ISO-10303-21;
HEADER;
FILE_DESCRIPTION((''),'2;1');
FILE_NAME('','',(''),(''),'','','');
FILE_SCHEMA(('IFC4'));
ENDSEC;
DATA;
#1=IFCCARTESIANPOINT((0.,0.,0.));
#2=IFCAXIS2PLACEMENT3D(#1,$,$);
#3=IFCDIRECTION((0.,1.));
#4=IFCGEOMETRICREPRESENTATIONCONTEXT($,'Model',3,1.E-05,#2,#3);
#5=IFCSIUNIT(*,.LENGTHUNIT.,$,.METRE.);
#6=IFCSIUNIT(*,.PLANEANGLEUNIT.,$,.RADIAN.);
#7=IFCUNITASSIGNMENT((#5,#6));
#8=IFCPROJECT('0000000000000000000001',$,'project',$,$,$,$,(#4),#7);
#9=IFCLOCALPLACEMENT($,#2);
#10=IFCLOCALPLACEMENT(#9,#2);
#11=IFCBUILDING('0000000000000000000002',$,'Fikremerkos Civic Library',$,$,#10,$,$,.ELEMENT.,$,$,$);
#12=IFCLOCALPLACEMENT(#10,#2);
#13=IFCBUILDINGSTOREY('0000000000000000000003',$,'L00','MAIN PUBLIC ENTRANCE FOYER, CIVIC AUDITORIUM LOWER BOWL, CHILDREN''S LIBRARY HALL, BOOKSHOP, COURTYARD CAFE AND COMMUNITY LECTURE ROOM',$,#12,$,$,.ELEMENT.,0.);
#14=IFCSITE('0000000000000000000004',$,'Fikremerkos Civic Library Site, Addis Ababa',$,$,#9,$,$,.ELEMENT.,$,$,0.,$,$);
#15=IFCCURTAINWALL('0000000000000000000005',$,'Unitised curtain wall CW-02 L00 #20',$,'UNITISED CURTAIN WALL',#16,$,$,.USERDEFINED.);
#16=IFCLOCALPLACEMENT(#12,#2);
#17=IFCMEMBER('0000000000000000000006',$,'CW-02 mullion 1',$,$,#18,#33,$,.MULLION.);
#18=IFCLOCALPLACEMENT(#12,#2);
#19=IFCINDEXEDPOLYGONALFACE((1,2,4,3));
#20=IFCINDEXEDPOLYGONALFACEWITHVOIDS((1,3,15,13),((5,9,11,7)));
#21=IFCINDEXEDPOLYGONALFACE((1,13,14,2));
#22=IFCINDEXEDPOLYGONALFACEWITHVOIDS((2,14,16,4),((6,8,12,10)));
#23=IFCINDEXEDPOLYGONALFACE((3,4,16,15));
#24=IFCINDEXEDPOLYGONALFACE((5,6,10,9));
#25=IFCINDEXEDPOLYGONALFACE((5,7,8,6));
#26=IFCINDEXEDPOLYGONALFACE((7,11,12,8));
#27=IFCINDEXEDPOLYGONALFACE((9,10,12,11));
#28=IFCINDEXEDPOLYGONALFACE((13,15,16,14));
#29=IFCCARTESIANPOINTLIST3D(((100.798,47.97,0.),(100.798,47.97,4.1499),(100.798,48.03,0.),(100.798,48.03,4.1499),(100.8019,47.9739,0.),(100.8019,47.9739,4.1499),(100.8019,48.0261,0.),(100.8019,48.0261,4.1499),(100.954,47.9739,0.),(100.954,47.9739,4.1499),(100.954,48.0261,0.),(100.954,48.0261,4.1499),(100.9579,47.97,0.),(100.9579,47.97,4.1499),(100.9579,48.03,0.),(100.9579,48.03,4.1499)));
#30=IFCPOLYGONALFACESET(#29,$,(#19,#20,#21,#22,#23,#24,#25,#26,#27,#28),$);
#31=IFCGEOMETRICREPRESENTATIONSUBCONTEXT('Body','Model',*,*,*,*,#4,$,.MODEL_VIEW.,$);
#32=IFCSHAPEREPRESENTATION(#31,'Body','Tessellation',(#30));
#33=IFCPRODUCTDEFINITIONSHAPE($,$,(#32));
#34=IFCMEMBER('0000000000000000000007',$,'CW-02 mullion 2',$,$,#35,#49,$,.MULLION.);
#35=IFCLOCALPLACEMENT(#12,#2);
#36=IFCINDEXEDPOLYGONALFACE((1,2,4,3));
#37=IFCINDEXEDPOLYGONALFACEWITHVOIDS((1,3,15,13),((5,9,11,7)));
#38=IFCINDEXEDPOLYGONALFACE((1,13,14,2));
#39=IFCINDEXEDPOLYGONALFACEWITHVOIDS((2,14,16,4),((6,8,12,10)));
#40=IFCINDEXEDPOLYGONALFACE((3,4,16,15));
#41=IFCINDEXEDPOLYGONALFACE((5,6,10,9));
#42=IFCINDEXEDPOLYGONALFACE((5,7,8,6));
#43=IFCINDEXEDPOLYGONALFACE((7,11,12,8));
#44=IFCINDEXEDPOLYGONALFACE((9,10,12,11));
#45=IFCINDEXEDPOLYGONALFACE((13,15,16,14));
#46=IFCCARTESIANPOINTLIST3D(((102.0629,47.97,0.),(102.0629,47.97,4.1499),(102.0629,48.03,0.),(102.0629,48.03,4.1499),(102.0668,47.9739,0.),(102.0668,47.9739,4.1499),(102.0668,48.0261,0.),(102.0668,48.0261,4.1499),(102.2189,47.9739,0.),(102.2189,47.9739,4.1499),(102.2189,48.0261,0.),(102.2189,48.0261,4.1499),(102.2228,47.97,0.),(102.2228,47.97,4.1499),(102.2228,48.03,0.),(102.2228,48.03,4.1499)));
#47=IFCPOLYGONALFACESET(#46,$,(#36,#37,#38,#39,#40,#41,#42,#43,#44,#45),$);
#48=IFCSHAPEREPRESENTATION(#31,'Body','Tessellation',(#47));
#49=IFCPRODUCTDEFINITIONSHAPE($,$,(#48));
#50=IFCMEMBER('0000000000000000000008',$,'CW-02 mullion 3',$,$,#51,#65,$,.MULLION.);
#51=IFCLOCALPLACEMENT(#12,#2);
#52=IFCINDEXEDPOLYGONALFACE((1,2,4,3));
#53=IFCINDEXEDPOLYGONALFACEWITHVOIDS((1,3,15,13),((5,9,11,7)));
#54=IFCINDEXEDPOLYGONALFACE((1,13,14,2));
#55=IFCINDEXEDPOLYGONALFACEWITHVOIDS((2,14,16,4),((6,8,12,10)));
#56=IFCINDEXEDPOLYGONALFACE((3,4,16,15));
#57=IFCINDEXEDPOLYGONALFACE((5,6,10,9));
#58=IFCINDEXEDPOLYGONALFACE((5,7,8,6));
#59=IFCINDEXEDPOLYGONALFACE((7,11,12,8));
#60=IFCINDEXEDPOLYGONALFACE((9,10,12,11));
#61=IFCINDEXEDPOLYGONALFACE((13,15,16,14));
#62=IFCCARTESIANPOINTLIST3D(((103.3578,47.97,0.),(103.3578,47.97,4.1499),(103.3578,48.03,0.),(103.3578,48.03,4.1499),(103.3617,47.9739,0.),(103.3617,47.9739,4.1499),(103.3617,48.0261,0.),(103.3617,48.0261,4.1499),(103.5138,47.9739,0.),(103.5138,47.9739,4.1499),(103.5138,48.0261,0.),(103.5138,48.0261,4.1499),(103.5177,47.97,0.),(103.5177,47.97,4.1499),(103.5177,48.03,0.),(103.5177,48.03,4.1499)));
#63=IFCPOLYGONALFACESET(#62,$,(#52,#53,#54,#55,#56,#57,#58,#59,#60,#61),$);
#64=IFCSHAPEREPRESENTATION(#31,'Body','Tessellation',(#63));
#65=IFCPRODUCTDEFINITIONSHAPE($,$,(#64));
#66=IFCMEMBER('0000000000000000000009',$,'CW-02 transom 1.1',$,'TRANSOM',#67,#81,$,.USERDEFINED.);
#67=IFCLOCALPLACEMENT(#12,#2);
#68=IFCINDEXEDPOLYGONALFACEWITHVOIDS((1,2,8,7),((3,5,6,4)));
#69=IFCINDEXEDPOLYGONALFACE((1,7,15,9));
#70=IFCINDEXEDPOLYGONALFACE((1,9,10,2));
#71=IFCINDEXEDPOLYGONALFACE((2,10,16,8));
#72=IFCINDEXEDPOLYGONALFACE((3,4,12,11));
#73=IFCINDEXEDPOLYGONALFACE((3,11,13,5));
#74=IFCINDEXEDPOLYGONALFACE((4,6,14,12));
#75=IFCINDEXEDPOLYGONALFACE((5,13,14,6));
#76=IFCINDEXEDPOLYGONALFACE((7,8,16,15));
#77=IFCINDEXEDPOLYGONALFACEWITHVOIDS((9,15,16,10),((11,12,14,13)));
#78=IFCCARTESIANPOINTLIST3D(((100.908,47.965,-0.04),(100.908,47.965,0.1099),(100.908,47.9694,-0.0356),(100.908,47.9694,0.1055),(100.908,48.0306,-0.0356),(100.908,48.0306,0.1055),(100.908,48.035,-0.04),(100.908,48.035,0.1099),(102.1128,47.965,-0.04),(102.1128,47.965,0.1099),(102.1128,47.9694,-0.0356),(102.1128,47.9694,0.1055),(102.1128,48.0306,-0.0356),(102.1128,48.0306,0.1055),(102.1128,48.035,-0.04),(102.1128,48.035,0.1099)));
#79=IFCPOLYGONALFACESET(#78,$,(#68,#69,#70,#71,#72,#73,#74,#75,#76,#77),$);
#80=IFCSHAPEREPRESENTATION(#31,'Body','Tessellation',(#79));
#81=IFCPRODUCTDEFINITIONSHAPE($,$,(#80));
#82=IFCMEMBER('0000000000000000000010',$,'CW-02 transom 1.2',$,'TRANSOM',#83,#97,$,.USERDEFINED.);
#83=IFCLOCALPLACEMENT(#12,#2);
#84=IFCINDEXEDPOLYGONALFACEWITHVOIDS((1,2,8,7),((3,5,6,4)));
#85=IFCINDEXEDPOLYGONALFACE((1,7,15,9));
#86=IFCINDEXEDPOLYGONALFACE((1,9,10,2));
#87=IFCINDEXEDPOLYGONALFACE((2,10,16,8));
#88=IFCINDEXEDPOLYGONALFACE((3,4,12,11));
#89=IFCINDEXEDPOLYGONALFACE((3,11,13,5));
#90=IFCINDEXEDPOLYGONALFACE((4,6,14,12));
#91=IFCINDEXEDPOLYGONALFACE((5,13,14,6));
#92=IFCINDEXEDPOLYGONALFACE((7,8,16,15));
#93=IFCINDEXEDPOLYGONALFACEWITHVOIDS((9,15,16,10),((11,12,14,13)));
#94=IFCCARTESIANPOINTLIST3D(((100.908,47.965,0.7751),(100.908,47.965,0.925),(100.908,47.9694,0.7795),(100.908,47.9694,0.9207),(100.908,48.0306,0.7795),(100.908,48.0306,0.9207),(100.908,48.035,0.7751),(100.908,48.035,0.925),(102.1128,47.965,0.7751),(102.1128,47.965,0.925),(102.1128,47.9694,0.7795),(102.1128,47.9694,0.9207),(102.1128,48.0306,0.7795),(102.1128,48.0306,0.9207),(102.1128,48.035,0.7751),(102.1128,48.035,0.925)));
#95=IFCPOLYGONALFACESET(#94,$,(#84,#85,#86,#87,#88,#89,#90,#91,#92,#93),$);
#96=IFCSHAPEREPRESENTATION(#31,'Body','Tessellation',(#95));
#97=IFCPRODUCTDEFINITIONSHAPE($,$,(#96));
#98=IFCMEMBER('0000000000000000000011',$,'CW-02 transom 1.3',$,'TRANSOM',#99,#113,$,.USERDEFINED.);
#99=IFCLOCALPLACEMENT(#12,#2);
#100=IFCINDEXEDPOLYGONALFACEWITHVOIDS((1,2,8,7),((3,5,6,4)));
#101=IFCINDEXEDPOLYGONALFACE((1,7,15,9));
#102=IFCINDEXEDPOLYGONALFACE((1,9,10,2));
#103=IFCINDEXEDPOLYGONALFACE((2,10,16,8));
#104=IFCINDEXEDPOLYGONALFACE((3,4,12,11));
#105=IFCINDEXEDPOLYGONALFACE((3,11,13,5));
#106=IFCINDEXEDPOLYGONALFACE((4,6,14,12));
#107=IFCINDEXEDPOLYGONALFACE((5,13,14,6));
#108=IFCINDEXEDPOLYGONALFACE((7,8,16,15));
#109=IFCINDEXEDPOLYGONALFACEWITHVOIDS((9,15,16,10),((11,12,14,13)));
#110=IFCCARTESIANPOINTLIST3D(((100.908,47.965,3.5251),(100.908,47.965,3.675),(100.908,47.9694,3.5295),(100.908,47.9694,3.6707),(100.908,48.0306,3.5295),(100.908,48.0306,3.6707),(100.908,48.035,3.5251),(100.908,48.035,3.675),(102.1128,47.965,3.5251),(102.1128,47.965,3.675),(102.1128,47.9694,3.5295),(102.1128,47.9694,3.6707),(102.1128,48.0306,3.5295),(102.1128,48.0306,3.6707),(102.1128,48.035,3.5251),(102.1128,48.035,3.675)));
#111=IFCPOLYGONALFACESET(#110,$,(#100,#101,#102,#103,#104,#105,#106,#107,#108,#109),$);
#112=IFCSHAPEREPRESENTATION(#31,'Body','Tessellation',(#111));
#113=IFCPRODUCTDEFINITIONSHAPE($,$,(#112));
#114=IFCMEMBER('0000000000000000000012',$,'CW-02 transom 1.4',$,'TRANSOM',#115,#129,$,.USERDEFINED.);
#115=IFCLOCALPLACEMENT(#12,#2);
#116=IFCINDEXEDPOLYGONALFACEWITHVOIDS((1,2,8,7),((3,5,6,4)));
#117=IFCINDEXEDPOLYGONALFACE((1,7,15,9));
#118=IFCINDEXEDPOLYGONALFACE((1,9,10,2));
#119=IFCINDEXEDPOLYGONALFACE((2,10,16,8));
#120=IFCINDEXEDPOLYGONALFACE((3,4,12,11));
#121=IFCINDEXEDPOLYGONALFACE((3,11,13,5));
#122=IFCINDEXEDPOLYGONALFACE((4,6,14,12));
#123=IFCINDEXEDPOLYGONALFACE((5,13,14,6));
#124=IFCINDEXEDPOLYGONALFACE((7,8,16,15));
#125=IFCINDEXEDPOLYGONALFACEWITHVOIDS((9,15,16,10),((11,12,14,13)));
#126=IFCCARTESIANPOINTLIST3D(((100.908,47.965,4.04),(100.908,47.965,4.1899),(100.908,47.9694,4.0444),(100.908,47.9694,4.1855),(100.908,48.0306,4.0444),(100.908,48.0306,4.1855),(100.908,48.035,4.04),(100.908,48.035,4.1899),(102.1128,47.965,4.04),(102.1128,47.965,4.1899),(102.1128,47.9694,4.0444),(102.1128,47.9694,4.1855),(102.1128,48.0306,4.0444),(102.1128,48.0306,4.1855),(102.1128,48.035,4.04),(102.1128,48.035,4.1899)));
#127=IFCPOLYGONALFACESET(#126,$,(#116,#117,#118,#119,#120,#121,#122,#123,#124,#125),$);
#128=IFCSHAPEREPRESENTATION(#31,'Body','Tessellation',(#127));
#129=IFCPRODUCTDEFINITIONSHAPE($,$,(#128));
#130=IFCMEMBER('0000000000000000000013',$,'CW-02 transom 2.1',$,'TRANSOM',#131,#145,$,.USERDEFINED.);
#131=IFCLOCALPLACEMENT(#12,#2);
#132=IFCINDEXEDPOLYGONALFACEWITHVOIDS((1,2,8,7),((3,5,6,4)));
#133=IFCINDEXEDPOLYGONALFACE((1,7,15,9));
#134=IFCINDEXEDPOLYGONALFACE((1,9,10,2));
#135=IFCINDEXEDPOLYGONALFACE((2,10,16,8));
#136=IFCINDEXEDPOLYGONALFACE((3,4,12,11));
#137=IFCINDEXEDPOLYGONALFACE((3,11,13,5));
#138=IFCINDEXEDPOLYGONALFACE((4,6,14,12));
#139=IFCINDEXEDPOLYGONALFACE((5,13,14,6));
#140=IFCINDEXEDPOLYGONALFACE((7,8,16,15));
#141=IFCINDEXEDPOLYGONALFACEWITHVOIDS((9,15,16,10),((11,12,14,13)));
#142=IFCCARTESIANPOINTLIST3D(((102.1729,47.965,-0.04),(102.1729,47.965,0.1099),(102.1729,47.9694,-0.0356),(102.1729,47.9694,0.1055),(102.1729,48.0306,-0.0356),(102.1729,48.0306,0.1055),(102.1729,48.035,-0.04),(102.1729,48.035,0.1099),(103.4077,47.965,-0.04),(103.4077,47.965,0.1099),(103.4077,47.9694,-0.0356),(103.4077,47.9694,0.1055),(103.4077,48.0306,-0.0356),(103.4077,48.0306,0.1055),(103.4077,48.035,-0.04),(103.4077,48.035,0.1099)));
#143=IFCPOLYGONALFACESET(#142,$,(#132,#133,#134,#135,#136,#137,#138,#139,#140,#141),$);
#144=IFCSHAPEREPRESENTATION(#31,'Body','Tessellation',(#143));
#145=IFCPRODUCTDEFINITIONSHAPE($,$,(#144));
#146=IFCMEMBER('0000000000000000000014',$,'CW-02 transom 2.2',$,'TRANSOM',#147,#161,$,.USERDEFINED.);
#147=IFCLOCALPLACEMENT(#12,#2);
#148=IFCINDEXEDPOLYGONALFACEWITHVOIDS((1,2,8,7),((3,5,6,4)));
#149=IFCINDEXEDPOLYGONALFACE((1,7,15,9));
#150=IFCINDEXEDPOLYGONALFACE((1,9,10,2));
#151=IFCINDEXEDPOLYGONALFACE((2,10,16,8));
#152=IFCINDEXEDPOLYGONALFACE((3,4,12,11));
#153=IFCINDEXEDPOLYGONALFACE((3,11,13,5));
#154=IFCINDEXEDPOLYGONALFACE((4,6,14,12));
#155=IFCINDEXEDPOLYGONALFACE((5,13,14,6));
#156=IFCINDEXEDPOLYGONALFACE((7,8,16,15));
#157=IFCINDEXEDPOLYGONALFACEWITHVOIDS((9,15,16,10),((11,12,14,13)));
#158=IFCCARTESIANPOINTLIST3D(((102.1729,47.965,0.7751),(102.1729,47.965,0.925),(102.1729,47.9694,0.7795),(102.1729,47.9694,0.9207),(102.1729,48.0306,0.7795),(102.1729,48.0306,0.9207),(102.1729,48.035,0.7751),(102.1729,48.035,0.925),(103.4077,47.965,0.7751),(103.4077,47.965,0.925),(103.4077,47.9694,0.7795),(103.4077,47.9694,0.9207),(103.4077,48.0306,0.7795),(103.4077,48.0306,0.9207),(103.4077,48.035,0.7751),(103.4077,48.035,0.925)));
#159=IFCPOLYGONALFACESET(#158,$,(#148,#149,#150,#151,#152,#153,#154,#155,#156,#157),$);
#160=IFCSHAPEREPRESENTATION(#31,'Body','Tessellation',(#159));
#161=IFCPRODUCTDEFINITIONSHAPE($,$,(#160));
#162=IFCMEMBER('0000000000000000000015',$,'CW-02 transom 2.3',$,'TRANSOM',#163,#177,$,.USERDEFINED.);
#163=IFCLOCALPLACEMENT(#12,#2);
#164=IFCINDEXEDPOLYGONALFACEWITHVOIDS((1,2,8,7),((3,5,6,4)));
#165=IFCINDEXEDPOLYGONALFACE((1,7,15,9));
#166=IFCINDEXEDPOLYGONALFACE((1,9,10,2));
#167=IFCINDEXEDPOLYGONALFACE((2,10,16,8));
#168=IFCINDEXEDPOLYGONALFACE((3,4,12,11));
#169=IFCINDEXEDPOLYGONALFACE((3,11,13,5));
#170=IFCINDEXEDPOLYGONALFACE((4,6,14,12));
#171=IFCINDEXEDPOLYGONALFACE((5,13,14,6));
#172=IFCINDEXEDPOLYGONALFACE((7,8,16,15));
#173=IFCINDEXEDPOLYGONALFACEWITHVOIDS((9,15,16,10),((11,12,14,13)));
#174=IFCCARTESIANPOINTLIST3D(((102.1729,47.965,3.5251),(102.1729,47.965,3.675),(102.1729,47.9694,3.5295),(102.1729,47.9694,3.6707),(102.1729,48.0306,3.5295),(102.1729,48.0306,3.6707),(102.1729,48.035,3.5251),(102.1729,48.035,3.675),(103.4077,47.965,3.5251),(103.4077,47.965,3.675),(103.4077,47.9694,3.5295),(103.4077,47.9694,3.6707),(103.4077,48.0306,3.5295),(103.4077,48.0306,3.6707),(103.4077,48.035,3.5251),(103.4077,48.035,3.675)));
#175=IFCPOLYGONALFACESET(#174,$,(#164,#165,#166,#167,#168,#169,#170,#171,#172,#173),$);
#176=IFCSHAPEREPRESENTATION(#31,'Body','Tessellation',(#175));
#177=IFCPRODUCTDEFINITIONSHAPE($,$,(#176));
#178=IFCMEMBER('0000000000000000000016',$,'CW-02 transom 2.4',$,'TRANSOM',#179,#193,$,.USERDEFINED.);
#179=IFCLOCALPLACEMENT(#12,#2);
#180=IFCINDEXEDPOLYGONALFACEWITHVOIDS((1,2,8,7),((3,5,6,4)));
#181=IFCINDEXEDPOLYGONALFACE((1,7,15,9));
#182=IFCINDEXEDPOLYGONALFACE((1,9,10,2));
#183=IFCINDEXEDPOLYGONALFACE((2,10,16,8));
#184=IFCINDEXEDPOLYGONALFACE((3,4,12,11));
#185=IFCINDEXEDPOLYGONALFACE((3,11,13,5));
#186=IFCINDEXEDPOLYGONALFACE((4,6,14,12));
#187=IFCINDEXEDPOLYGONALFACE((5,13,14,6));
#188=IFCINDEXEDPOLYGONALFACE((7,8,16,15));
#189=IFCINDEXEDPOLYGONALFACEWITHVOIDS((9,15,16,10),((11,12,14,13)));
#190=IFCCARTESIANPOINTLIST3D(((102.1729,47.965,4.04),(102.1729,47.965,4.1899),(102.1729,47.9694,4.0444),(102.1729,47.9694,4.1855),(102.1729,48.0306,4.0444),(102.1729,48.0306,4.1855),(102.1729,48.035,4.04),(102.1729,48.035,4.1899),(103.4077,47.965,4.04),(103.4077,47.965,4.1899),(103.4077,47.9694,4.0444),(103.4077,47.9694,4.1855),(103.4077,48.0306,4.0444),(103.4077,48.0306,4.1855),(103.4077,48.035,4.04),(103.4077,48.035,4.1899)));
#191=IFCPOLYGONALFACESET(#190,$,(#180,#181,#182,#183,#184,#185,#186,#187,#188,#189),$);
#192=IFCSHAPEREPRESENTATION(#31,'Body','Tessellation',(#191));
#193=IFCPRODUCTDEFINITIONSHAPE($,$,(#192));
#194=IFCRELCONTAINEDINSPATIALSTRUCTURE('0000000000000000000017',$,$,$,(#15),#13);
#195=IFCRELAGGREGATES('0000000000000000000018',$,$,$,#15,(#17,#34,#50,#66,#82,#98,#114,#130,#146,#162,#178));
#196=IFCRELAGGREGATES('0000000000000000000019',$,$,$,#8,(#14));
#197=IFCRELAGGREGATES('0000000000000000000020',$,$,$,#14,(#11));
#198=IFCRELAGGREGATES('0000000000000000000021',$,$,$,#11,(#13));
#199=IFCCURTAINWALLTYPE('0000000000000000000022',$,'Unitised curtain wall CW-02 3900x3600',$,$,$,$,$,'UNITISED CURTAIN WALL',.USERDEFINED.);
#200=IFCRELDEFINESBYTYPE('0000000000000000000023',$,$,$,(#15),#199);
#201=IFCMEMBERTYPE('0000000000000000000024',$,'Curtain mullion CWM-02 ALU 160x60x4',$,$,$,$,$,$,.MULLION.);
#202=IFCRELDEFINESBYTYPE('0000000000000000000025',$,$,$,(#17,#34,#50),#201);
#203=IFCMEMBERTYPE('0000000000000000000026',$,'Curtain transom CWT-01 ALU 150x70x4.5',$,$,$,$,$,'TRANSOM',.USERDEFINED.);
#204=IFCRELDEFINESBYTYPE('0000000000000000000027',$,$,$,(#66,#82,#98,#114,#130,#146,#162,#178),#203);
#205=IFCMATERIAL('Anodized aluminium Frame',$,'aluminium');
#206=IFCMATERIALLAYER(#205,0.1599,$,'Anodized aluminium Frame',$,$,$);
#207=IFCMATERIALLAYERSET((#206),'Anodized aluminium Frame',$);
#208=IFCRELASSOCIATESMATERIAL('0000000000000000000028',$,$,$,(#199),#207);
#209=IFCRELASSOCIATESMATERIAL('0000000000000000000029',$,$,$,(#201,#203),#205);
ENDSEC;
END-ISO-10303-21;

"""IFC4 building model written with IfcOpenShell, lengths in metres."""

from ifc_helpers import new_model, si_unit, direction, frame, origin, origin_2d, place, context, subcontext, project, spatial, hollow_rectangle, extrude, material, layer, layer_set, material_profile, profile_set, type_object, element, aggregate, save


model = new_model("IFC4")

# Units and contexts
model_context = context("Model", 3, precision=1e-05, world=origin(), true_north=direction((0.0, 1.0)))
body_context = subcontext(model_context, "Body", "Model", "MODEL_VIEW")
ifc_project = project(units=[si_unit("LENGTHUNIT", "METRE"), si_unit("PLANEANGLEUNIT", "RADIAN")], contexts=[model_context])

# Site, building, storey
site_placement = place(None, origin())
site = spatial("IfcSite", under=ifc_project, at=site_placement, Name="Fikremerkos Civic Library Site, Addis Ababa", CompositionType="ELEMENT", RefElevation=0.0)
building_placement = place(site_placement, origin())
building = spatial("IfcBuilding", under=site, at=building_placement, Name="Fikremerkos Civic Library", CompositionType="ELEMENT")
storey_placement = place(building_placement, origin())
storey = spatial("IfcBuildingStorey", under=building, at=storey_placement, Name="L00", Description="MAIN PUBLIC ENTRANCE FOYER, CIVIC AUDITORIUM LOWER BOWL, CHILDREN'S LIBRARY HALL, BOOKSHOP, COURTYARD CAFE AND COMMUNITY LECTURE ROOM", CompositionType="ELEMENT", Elevation=0.0)

# Curtain wall, members
ifc_material_1 = material(Name="Anodized aluminium Frame", Category="aluminium")
ifc_layer_1 = layer(ifc_material_1, 0.1599, Name="Anodized aluminium Frame")
ifc_layer_set_1 = layer_set([ifc_layer_1], Name="Anodized aluminium Frame")
curtain_wall_type = type_object("IfcCurtainWallType", Name="Unitised curtain wall CW-02 3900x3600", ElementType="UNITISED CURTAIN WALL", PredefinedType="USERDEFINED", material=ifc_layer_set_1)
curtain_wall_placement = place(storey_placement, origin())
curtain_wall = element("IfcCurtainWall", 1, at=curtain_wall_placement, inside=storey, type_object=curtain_wall_type, Name="Unitised curtain wall CW-02 L00 #20", ObjectType="UNITISED CURTAIN WALL", PredefinedType="USERDEFINED")
ifc_material_profile_1 = material_profile(ifc_material_1, hollow_rectangle(XDim=0.0601, YDim=0.1599, WallThickness=0.0039, at=origin_2d()), Name="ALU 160x60x4")
ifc_profile_set_1 = profile_set([ifc_material_profile_1], Name="Anodized aluminium Frame")
member_type_1 = type_object("IfcMemberType", Name="Curtain mullion CWM-02 ALU 160x60x4", PredefinedType="MULLION", material=ifc_profile_set_1)
member_1_placement = place(storey_placement, frame((100.8779, 48.0, 0.0), z_axis=(0.0, 0.0, 1.0), x_axis=(0.0, 1.0, 0.0)))
member_1 = element("IfcMember", 2, at=member_1_placement, type_object=member_type_1, Name="CW-02 mullion 1", PredefinedType="MULLION", context=body_context, shape_type="SweptSolid", body=[
    extrude(hollow_rectangle(XDim=0.0601, YDim=0.1599, WallThickness=0.0039, at=origin_2d()), origin(), (0.0, 0.0, 1.0), 4.1499),
])
member_2_placement = place(storey_placement, frame((102.1428, 48.0, 0.0), z_axis=(0.0, 0.0, 1.0), x_axis=(0.0, 1.0, 0.0)))
member_2 = element("IfcMember", 3, at=member_2_placement, type_object=member_type_1, Name="CW-02 mullion 2", PredefinedType="MULLION", context=body_context, shape_type="SweptSolid", body=[
    extrude(hollow_rectangle(XDim=0.0601, YDim=0.1599, WallThickness=0.0039, at=origin_2d()), origin(), (0.0, 0.0, 1.0), 4.1499),
])
member_3_placement = place(storey_placement, frame((103.4377, 48.0, 0.0), z_axis=(0.0, 0.0, 1.0), x_axis=(0.0, 1.0, 0.0)))
member_3 = element("IfcMember", 4, at=member_3_placement, type_object=member_type_1, Name="CW-02 mullion 3", PredefinedType="MULLION", context=body_context, shape_type="SweptSolid", body=[
    extrude(hollow_rectangle(XDim=0.0601, YDim=0.1599, WallThickness=0.0039, at=origin_2d()), origin(), (0.0, 0.0, 1.0), 4.1499),
])
ifc_material_profile_2 = material_profile(ifc_material_1, hollow_rectangle(XDim=0.0701, YDim=0.1499, WallThickness=0.0044, at=origin_2d()), Name="ALU 150x70x4.5")
ifc_profile_set_2 = profile_set([ifc_material_profile_2], Name="Anodized aluminium Frame")
member_type_2 = type_object("IfcMemberType", Name="Curtain transom CWT-01 ALU 150x70x4.5", ElementType="TRANSOM", PredefinedType="USERDEFINED", material=ifc_profile_set_2)
member_4_placement = place(storey_placement, frame((100.908, 48.0, 0.0349), z_axis=(1.0, 0.0, 0.0), x_axis=(0.0, 1.0, 0.0)))
member_4 = element("IfcMember", 5, at=member_4_placement, type_object=member_type_2, Name="CW-02 transom 1.1", ObjectType="TRANSOM", PredefinedType="USERDEFINED", context=body_context, shape_type="SweptSolid", body=[
    extrude(hollow_rectangle(XDim=0.0701, YDim=0.1499, WallThickness=0.0044, at=origin_2d()), origin(), (0.0, 0.0, 1.0), 1.2048),
])
member_5_placement = place(storey_placement, frame((100.908, 48.0, 0.8501), z_axis=(1.0, 0.0, 0.0), x_axis=(0.0, 1.0, 0.0)))
member_5 = element("IfcMember", 6, at=member_5_placement, type_object=member_type_2, Name="CW-02 transom 1.2", ObjectType="TRANSOM", PredefinedType="USERDEFINED", context=body_context, shape_type="SweptSolid", body=[
    extrude(hollow_rectangle(XDim=0.0701, YDim=0.1499, WallThickness=0.0044, at=origin_2d()), origin(), (0.0, 0.0, 1.0), 1.2048),
])
member_6_placement = place(storey_placement, frame((100.908, 48.0, 3.6001), z_axis=(1.0, 0.0, 0.0), x_axis=(0.0, 1.0, 0.0)))
member_6 = element("IfcMember", 7, at=member_6_placement, type_object=member_type_2, Name="CW-02 transom 1.3", ObjectType="TRANSOM", PredefinedType="USERDEFINED", context=body_context, shape_type="SweptSolid", body=[
    extrude(hollow_rectangle(XDim=0.0701, YDim=0.1499, WallThickness=0.0044, at=origin_2d()), origin(), (0.0, 0.0, 1.0), 1.2048),
])
member_7_placement = place(storey_placement, frame((100.908, 48.0, 4.115), z_axis=(1.0, 0.0, 0.0), x_axis=(0.0, 1.0, 0.0)))
member_7 = element("IfcMember", 8, at=member_7_placement, type_object=member_type_2, Name="CW-02 transom 1.4", ObjectType="TRANSOM", PredefinedType="USERDEFINED", context=body_context, shape_type="SweptSolid", body=[
    extrude(hollow_rectangle(XDim=0.0701, YDim=0.1499, WallThickness=0.0044, at=origin_2d()), origin(), (0.0, 0.0, 1.0), 1.2048),
])
member_8_placement = place(storey_placement, frame((102.1729, 48.0, 0.0349), z_axis=(1.0, 0.0, 0.0), x_axis=(0.0, 1.0, 0.0)))
member_8 = element("IfcMember", 9, at=member_8_placement, type_object=member_type_2, Name="CW-02 transom 2.1", ObjectType="TRANSOM", PredefinedType="USERDEFINED", context=body_context, shape_type="SweptSolid", body=[
    extrude(hollow_rectangle(XDim=0.0701, YDim=0.1499, WallThickness=0.0044, at=origin_2d()), origin(), (0.0, 0.0, 1.0), 1.2349),
])
member_9_placement = place(storey_placement, frame((102.1729, 48.0, 0.8501), z_axis=(1.0, 0.0, 0.0), x_axis=(0.0, 1.0, 0.0)))
member_9 = element("IfcMember", 10, at=member_9_placement, type_object=member_type_2, Name="CW-02 transom 2.2", ObjectType="TRANSOM", PredefinedType="USERDEFINED", context=body_context, shape_type="SweptSolid", body=[
    extrude(hollow_rectangle(XDim=0.0701, YDim=0.1499, WallThickness=0.0044, at=origin_2d()), origin(), (0.0, 0.0, 1.0), 1.2349),
])
member_10_placement = place(storey_placement, frame((102.1729, 48.0, 3.6001), z_axis=(1.0, 0.0, 0.0), x_axis=(0.0, 1.0, 0.0)))
member_10 = element("IfcMember", 11, at=member_10_placement, type_object=member_type_2, Name="CW-02 transom 2.3", ObjectType="TRANSOM", PredefinedType="USERDEFINED", context=body_context, shape_type="SweptSolid", body=[
    extrude(hollow_rectangle(XDim=0.0701, YDim=0.1499, WallThickness=0.0044, at=origin_2d()), origin(), (0.0, 0.0, 1.0), 1.2349),
])
member_11_placement = place(storey_placement, frame((102.1729, 48.0, 4.115), z_axis=(1.0, 0.0, 0.0), x_axis=(0.0, 1.0, 0.0)))
member_11 = element("IfcMember", 12, at=member_11_placement, type_object=member_type_2, Name="CW-02 transom 2.4", ObjectType="TRANSOM", PredefinedType="USERDEFINED", context=body_context, shape_type="SweptSolid", body=[
    extrude(hollow_rectangle(XDim=0.0701, YDim=0.1499, WallThickness=0.0044, at=origin_2d()), origin(), (0.0, 0.0, 1.0), 1.2349),
])

aggregate(curtain_wall, [member_1, member_2, member_3, member_4, member_5, member_6, member_7, member_8, member_9, member_10, member_11])

save(model, "model.ifc")
